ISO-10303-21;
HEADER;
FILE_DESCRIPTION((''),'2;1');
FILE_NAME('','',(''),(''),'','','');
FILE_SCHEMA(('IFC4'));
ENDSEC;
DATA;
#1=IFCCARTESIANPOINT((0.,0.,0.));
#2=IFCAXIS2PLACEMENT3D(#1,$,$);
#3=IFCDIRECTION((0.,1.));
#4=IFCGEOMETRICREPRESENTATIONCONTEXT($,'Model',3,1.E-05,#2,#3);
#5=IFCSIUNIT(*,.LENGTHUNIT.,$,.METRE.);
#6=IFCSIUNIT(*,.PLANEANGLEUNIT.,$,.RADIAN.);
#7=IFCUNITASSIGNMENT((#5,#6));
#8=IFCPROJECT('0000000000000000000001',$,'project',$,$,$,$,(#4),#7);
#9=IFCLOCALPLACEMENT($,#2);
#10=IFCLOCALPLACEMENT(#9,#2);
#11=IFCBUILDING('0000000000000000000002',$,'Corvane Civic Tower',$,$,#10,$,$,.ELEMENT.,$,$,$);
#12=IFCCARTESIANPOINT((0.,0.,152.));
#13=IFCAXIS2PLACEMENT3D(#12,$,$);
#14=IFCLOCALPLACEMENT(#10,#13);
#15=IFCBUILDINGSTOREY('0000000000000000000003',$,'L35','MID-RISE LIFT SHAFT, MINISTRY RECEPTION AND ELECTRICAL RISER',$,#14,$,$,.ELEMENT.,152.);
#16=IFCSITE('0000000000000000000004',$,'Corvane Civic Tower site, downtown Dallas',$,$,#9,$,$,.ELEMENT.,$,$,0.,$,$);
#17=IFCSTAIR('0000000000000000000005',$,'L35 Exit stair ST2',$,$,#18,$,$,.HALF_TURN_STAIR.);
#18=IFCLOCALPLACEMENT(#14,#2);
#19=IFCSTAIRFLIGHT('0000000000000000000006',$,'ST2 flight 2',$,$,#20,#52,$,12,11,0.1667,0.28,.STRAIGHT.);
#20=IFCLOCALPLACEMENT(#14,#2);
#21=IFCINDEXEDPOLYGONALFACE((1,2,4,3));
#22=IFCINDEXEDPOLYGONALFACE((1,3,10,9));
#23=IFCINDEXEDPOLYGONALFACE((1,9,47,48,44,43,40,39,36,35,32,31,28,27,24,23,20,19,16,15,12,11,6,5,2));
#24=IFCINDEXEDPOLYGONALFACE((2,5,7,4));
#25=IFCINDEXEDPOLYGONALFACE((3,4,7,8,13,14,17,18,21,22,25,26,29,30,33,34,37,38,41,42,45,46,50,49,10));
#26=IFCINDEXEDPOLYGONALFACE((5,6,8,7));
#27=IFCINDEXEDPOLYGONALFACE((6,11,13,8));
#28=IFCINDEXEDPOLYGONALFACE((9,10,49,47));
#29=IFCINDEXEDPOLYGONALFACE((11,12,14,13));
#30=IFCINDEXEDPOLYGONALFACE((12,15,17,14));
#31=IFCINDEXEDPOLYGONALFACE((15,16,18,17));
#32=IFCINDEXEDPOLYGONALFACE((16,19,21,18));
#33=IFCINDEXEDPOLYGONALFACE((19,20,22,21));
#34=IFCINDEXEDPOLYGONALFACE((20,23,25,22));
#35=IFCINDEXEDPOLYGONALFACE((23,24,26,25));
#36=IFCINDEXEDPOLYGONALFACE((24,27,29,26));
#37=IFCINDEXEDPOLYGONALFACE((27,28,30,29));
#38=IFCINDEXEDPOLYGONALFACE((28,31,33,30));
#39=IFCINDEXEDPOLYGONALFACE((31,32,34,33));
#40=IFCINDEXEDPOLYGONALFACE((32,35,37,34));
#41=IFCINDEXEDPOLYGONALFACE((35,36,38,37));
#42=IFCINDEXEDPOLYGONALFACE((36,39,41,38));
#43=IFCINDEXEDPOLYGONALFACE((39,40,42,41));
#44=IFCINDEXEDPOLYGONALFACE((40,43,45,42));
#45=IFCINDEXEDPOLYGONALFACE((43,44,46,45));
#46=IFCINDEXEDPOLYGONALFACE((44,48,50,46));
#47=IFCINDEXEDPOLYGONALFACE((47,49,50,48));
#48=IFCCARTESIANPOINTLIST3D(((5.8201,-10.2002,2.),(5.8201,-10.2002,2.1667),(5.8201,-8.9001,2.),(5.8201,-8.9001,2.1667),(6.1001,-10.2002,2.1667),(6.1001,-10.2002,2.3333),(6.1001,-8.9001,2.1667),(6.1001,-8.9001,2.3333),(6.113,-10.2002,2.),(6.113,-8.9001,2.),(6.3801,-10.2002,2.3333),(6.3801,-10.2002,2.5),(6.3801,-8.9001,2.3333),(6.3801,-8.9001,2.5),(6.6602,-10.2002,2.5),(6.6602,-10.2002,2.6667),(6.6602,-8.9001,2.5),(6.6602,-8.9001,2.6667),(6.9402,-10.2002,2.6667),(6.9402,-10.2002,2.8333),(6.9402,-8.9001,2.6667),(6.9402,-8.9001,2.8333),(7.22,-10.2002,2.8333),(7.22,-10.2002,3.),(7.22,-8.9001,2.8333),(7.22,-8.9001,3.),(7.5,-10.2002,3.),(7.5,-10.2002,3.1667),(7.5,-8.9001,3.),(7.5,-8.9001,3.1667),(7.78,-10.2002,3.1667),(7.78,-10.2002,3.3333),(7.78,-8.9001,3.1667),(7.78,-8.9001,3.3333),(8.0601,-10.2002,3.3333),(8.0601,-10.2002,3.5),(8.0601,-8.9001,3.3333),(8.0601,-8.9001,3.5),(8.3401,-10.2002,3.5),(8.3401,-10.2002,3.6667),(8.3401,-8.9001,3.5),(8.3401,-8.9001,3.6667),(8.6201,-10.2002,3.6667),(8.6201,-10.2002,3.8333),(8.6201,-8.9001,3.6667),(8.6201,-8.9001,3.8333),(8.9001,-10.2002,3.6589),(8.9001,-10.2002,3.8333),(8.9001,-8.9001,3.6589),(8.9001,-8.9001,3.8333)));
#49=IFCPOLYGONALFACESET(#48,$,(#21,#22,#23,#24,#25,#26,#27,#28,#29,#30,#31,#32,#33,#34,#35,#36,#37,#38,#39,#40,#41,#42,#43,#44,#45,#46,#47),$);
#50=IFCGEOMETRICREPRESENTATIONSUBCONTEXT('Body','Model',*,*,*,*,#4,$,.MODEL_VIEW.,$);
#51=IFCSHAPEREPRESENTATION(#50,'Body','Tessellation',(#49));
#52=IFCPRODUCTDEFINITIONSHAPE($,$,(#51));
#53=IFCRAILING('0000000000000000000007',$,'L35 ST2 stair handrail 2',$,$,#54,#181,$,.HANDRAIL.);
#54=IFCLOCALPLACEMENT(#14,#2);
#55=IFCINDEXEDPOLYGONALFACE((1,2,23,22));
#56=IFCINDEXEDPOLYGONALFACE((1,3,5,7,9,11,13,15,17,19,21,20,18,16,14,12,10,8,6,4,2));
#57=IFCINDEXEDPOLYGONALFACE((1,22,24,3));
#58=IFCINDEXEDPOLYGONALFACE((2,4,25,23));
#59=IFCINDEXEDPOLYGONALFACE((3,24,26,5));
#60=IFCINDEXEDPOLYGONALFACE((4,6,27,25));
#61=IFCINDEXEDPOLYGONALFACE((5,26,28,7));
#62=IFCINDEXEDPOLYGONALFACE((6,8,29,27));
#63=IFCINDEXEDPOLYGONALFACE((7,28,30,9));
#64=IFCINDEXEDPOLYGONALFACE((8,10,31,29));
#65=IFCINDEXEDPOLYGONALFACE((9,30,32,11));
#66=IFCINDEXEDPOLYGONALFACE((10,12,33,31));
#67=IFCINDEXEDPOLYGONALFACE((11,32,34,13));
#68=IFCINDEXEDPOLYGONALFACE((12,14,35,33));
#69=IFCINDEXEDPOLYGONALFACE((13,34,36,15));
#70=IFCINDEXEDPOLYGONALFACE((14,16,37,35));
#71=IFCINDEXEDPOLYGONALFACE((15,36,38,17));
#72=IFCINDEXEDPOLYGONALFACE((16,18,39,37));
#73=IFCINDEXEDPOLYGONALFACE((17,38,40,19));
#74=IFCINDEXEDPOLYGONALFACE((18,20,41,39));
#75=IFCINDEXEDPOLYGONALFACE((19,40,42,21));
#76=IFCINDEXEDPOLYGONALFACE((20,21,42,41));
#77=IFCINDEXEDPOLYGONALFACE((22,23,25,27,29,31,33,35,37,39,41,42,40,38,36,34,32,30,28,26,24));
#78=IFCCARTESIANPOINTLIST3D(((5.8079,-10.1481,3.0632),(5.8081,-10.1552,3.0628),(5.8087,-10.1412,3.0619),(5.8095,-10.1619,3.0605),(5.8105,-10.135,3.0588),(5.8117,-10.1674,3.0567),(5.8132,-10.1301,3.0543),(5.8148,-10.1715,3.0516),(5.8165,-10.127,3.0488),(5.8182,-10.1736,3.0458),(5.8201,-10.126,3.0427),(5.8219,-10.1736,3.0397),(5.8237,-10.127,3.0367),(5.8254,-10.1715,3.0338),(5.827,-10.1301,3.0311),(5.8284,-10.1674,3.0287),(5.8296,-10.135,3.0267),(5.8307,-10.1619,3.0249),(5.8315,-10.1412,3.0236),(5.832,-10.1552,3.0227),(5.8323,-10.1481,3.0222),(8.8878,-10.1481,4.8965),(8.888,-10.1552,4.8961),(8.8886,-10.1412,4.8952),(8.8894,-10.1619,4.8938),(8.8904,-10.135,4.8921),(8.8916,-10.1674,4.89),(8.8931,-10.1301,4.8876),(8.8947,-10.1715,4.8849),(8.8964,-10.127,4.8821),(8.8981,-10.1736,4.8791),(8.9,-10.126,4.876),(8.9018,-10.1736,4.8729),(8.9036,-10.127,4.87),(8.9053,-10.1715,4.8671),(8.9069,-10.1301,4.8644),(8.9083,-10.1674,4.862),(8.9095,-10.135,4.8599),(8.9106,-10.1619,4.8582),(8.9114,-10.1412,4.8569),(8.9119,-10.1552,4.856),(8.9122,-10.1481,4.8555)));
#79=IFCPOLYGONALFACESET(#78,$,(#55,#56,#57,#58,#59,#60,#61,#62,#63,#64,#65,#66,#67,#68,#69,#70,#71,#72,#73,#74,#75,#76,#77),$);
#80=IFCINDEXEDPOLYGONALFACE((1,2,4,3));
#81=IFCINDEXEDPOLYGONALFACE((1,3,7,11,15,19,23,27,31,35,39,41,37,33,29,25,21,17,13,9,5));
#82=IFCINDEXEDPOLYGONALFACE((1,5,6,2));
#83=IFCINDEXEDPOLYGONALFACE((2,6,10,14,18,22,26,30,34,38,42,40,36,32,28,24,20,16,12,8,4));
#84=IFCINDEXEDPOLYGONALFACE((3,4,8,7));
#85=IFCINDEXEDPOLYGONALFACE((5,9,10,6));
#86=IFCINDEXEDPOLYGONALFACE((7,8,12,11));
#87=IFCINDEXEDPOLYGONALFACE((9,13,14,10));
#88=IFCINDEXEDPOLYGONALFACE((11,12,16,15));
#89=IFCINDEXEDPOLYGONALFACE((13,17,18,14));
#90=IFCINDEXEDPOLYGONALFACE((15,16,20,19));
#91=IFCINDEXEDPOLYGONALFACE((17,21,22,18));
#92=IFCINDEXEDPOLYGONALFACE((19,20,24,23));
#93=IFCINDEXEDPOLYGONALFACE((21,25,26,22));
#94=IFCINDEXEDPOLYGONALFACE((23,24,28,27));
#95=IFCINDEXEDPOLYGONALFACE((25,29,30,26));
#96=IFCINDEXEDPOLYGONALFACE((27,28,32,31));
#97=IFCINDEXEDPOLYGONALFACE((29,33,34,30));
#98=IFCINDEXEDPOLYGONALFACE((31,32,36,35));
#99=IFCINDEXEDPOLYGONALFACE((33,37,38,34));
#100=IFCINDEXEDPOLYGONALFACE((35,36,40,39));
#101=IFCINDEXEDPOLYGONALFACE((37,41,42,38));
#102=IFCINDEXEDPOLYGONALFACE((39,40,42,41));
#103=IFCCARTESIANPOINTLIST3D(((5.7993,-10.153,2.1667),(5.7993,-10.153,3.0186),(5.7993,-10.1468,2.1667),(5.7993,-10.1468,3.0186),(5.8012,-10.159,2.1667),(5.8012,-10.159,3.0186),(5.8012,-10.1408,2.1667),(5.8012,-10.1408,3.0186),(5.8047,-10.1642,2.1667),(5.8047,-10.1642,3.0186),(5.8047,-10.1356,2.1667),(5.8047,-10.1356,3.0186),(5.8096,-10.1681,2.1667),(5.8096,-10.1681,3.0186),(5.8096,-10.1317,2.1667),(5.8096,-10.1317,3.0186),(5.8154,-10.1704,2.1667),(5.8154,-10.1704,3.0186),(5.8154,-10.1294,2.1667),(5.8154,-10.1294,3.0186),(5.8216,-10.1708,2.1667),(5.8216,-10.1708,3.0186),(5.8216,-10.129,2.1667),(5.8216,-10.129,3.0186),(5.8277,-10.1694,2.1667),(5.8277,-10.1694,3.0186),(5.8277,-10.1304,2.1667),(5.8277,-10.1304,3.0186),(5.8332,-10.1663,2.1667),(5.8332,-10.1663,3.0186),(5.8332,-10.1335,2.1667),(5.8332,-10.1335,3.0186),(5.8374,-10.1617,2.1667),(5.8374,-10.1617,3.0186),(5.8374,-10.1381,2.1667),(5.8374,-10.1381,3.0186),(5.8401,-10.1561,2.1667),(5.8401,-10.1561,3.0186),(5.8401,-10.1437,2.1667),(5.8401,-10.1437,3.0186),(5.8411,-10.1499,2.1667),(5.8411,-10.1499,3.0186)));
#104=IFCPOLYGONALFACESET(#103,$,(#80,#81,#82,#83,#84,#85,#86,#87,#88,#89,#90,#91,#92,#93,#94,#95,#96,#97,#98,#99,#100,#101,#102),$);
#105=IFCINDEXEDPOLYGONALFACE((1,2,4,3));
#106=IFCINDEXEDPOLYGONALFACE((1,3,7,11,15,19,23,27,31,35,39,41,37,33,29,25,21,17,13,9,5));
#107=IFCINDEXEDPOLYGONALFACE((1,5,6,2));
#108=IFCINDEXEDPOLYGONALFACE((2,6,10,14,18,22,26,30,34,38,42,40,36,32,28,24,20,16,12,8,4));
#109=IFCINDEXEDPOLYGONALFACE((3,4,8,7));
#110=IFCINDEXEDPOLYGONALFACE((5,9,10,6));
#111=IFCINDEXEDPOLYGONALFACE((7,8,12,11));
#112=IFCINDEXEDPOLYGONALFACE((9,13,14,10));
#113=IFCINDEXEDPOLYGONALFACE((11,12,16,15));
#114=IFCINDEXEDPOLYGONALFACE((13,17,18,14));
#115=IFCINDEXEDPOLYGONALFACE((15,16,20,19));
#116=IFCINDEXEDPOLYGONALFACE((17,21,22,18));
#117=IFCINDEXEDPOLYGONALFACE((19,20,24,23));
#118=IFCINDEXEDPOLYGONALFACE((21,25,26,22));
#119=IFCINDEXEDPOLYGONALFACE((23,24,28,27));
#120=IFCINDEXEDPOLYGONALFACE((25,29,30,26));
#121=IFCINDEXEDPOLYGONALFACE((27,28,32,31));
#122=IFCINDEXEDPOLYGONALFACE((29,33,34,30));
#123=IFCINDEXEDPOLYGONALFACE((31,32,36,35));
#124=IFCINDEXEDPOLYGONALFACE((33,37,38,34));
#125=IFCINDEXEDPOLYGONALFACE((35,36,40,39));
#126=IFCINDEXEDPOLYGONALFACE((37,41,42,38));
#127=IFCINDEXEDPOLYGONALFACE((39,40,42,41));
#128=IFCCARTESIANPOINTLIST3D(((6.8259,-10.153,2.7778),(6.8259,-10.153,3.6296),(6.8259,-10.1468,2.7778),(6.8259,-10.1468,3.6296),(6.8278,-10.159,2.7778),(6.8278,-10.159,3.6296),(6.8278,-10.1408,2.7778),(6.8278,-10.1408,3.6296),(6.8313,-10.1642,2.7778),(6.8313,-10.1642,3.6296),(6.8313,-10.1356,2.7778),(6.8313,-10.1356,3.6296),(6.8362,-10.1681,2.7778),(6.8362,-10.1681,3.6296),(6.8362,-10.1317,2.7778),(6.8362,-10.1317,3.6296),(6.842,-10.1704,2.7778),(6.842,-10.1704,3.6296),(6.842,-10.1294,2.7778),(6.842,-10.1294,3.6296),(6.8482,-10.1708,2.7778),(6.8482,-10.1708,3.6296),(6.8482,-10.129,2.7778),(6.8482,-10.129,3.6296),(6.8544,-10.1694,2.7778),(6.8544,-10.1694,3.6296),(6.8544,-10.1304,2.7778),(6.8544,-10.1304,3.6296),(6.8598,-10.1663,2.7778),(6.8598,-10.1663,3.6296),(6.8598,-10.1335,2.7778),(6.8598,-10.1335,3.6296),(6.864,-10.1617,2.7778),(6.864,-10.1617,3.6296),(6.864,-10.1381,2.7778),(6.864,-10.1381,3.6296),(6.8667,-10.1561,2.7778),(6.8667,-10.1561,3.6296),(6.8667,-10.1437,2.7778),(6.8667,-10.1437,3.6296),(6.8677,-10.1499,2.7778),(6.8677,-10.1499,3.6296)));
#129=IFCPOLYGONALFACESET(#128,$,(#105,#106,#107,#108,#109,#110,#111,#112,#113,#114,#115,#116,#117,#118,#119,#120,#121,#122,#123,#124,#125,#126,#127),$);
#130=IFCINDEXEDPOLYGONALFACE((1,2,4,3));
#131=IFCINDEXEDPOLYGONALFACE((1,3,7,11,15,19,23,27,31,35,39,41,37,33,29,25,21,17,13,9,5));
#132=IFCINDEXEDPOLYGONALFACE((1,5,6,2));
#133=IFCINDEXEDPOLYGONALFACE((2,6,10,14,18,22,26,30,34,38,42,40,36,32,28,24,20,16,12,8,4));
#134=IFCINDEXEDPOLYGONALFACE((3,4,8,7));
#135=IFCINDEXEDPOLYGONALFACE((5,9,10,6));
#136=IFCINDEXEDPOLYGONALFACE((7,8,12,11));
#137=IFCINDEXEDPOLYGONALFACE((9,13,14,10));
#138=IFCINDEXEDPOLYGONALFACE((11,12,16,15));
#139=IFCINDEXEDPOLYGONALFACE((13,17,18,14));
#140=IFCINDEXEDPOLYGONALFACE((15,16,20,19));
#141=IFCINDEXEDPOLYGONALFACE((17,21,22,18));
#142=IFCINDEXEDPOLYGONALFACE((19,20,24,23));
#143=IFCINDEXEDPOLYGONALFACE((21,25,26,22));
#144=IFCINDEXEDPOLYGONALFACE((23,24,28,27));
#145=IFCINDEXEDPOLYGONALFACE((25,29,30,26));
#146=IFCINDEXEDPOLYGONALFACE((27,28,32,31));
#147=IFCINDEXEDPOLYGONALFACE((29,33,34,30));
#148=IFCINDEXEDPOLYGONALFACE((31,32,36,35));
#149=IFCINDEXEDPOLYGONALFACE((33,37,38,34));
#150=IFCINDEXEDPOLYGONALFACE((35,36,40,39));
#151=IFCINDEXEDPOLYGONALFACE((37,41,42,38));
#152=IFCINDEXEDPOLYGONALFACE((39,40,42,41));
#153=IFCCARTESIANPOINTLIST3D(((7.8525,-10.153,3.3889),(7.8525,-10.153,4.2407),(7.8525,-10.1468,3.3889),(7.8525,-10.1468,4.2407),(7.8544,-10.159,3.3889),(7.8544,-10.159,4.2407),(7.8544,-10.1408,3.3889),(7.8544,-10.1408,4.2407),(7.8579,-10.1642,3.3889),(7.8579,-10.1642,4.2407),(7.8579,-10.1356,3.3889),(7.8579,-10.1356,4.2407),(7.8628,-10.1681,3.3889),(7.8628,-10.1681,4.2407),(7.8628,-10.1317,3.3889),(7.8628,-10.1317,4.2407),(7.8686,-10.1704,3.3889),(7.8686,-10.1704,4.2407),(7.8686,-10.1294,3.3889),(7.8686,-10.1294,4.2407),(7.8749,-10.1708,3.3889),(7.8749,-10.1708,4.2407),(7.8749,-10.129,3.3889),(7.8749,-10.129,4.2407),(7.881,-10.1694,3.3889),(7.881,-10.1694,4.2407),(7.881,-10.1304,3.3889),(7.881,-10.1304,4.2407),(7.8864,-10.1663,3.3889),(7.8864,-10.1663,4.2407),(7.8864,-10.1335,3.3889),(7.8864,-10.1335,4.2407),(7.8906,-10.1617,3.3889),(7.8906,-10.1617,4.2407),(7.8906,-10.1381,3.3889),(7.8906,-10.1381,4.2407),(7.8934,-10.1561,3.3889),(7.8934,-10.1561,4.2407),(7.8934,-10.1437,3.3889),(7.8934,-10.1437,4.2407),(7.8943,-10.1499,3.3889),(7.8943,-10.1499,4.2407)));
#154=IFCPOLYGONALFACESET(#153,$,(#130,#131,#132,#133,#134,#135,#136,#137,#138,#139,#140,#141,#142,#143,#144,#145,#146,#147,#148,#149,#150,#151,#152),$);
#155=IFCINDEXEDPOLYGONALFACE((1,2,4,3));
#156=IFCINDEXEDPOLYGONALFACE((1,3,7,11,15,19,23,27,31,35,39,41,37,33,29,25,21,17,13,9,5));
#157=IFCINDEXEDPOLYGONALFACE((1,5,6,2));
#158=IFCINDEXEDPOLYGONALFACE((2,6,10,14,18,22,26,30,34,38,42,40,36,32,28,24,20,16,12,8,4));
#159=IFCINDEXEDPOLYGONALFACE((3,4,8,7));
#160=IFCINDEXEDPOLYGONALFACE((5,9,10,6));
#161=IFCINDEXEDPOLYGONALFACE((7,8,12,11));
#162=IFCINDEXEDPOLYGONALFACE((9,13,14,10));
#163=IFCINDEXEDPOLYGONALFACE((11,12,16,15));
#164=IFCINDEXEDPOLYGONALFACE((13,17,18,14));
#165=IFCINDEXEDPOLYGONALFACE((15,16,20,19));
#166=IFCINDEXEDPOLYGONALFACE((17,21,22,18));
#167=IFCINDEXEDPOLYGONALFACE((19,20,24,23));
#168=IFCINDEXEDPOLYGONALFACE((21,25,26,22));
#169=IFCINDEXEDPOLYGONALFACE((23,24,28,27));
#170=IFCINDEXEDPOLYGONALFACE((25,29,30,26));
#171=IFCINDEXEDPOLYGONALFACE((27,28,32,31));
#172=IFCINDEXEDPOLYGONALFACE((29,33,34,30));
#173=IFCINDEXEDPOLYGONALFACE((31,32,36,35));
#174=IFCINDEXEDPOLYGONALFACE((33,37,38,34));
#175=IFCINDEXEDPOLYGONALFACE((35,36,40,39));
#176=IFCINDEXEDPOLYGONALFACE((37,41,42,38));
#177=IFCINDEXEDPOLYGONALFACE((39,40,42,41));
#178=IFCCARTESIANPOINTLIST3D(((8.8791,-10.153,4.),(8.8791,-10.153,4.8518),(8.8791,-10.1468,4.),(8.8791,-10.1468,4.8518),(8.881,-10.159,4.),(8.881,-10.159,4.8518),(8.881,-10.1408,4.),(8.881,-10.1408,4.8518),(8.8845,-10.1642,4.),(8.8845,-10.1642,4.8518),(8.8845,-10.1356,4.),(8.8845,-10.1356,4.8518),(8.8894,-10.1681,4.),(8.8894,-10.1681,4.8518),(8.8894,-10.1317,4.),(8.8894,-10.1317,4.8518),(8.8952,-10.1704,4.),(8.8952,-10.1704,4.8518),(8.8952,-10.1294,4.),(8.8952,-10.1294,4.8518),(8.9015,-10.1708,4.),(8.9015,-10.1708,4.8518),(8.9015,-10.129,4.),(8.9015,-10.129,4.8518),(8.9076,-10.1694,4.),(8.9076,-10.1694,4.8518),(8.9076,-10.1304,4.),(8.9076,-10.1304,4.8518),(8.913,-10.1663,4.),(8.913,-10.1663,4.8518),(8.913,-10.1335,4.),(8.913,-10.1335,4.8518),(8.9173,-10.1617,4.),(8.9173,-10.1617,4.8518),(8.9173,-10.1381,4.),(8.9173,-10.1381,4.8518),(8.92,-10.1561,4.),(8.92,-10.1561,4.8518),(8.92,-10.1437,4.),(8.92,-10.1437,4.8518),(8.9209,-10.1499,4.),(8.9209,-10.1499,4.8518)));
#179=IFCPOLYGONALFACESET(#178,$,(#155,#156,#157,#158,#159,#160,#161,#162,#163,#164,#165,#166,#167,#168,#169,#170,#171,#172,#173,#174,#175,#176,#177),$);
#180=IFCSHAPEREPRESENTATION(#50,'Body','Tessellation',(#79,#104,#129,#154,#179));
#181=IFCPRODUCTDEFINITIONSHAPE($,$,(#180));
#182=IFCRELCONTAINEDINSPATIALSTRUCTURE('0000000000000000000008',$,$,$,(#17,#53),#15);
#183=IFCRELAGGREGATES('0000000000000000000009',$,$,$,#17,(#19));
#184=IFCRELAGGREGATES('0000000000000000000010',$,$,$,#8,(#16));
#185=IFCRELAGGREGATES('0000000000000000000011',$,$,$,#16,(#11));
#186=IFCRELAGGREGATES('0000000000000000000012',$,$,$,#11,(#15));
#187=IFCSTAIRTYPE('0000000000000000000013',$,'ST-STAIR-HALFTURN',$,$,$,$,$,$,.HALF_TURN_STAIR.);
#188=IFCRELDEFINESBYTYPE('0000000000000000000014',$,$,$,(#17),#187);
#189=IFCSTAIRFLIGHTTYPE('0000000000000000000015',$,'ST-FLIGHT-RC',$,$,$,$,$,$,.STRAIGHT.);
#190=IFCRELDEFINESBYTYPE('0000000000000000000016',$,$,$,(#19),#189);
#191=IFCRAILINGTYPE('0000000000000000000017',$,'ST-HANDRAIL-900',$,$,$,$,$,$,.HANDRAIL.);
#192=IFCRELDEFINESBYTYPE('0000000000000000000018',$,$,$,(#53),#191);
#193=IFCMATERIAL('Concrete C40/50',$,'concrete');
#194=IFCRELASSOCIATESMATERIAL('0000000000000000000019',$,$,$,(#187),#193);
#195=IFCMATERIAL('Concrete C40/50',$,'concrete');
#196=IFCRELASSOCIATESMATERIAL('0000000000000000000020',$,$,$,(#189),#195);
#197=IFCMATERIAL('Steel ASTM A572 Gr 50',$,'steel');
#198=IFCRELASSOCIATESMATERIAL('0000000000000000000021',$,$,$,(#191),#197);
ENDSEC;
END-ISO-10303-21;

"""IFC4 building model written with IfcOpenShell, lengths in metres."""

from ifc_helpers import new_model, si_unit, direction, frame, origin, origin_2d, place, context, subcontext, project, spatial, polyline, circle, outline, extrude, material, type_object, element, aggregate, save


model = new_model("IFC4")

# Units and contexts
model_context = context("Model", 3, precision=1e-05, world=origin(), true_north=direction((0.0, 1.0)))
body_context = subcontext(model_context, "Body", "Model", "MODEL_VIEW")
ifc_project = project(units=[si_unit("LENGTHUNIT", "METRE"), si_unit("PLANEANGLEUNIT", "RADIAN")], contexts=[model_context])

# Site, building, storey
site_placement = place(None, origin())
site = spatial("IfcSite", under=ifc_project, at=site_placement, Name="Corvane Civic Tower site, downtown Dallas", CompositionType="ELEMENT", RefElevation=0.0)
building_placement = place(site_placement, origin())
building = spatial("IfcBuilding", under=site, at=building_placement, Name="Corvane Civic Tower", CompositionType="ELEMENT")
storey_placement = place(building_placement, frame((0.0, 0.0, 152.0)))
storey = spatial("IfcBuildingStorey", under=building, at=storey_placement, Name="L35", Description="MID-RISE LIFT SHAFT, MINISTRY RECEPTION AND ELECTRICAL RISER", CompositionType="ELEMENT", Elevation=152.0)

# Stair, stair flight
ifc_material_1 = material(Name="Concrete C40/50", Category="concrete")
stair_type = type_object("IfcStairType", Name="ST-STAIR-HALFTURN", PredefinedType="HALF_TURN_STAIR", material=ifc_material_1)
stair_placement = place(storey_placement, origin())
stair = element("IfcStair", 1, at=stair_placement, inside=storey, type_object=stair_type, Name="L35 Exit stair ST2", PredefinedType="HALF_TURN_STAIR")
ifc_material_2 = material(Name="Concrete C40/50", Category="concrete")
stair_flight_type = type_object("IfcStairFlightType", Name="ST-FLIGHT-RC", PredefinedType="STRAIGHT", material=ifc_material_2)
stair_flight_1_placement = place(storey_placement, frame((5.8201, -9.55, 2.0), z_axis=(0.0, 0.0, 1.0), x_axis=(1.0, 0.0, 0.0)))
stair_flight_1 = element("IfcStairFlight", 2, at=stair_flight_1_placement, type_object=stair_flight_type, Name="ST2 flight 2", NumberOfRisers=12, NumberOfTreads=11, PredefinedType="STRAIGHT", RiserHeight=0.1667, TreadLength=0.28, context=body_context, shape_type="SweptSolid", body=[
    extrude(outline(polyline([(0.0, 0.0), (0.0, 0.1667), (0.28, 0.1667), (0.28, 0.3333), (0.5601, 0.3333), (0.5601, 0.5), (0.8401, 0.5), (0.8401, 0.6667), (1.1201, 0.6667), (1.1201, 0.8333), (1.3999, 0.8333), (1.3999, 1.0), (1.6799, 1.0), (1.6799, 1.1667), (1.96, 1.1667), (1.96, 1.3333), (2.24, 1.3333), (2.24, 1.5), (2.52, 1.5), (2.52, 1.6667), (2.8, 1.6667), (2.8, 1.8333), (3.0801, 1.8333), (3.0801, 2.0), (3.0801, 1.6589), (0.293, 0.0), (0.0, 0.0)])), frame((0.0, 0.6499, 0.0), z_axis=(0.0, -1.0, 0.0), x_axis=(1.0, 0.0, 0.0)), (0.0, 0.0, 1.0), 1.3),
])
aggregate(stair, [stair_flight_1])

# Railing
ifc_material_3 = material(Name="Steel ASTM A572 Gr 50", Category="steel")
railing_type_1 = type_object("IfcRailingType", Name="ST-HANDRAIL-900", PredefinedType="HANDRAIL", material=ifc_material_3)
railing_1_placement = place(storey_placement, frame((5.8201, -10.1499, 2.1667)))
element("IfcRailing", 3, at=railing_1_placement, inside=storey, type_object=railing_type_1, Name="L35 ST2 stair handrail 2", PredefinedType="HANDRAIL", context=body_context, shape_type="SweptSolid", body=[
    extrude(circle(Radius=0.0239, at=origin_2d()), frame((0.0, 0.0, 0.876), z_axis=(0.859291, 0.0, 0.511487), x_axis=(0.0, 1.0, 0.0)), (0.0, 0.0, 1.0), 3.5842),
    extrude(circle(Radius=0.021, at=origin_2d()), origin(), (0.0, 0.0, 1.0), 0.8518),
    extrude(circle(Radius=0.021, at=origin_2d()), frame((1.0266, 0.0, 0.6111)), (0.0, 0.0, 1.0), 0.8518),
    extrude(circle(Radius=0.021, at=origin_2d()), frame((2.0532, 0.0, 1.2222)), (0.0, 0.0, 1.0), 0.8518),
    extrude(circle(Radius=0.021, at=origin_2d()), frame((3.0798, 0.0, 1.8333)), (0.0, 0.0, 1.0), 0.8518),
])

save(model, "model.ifc")
